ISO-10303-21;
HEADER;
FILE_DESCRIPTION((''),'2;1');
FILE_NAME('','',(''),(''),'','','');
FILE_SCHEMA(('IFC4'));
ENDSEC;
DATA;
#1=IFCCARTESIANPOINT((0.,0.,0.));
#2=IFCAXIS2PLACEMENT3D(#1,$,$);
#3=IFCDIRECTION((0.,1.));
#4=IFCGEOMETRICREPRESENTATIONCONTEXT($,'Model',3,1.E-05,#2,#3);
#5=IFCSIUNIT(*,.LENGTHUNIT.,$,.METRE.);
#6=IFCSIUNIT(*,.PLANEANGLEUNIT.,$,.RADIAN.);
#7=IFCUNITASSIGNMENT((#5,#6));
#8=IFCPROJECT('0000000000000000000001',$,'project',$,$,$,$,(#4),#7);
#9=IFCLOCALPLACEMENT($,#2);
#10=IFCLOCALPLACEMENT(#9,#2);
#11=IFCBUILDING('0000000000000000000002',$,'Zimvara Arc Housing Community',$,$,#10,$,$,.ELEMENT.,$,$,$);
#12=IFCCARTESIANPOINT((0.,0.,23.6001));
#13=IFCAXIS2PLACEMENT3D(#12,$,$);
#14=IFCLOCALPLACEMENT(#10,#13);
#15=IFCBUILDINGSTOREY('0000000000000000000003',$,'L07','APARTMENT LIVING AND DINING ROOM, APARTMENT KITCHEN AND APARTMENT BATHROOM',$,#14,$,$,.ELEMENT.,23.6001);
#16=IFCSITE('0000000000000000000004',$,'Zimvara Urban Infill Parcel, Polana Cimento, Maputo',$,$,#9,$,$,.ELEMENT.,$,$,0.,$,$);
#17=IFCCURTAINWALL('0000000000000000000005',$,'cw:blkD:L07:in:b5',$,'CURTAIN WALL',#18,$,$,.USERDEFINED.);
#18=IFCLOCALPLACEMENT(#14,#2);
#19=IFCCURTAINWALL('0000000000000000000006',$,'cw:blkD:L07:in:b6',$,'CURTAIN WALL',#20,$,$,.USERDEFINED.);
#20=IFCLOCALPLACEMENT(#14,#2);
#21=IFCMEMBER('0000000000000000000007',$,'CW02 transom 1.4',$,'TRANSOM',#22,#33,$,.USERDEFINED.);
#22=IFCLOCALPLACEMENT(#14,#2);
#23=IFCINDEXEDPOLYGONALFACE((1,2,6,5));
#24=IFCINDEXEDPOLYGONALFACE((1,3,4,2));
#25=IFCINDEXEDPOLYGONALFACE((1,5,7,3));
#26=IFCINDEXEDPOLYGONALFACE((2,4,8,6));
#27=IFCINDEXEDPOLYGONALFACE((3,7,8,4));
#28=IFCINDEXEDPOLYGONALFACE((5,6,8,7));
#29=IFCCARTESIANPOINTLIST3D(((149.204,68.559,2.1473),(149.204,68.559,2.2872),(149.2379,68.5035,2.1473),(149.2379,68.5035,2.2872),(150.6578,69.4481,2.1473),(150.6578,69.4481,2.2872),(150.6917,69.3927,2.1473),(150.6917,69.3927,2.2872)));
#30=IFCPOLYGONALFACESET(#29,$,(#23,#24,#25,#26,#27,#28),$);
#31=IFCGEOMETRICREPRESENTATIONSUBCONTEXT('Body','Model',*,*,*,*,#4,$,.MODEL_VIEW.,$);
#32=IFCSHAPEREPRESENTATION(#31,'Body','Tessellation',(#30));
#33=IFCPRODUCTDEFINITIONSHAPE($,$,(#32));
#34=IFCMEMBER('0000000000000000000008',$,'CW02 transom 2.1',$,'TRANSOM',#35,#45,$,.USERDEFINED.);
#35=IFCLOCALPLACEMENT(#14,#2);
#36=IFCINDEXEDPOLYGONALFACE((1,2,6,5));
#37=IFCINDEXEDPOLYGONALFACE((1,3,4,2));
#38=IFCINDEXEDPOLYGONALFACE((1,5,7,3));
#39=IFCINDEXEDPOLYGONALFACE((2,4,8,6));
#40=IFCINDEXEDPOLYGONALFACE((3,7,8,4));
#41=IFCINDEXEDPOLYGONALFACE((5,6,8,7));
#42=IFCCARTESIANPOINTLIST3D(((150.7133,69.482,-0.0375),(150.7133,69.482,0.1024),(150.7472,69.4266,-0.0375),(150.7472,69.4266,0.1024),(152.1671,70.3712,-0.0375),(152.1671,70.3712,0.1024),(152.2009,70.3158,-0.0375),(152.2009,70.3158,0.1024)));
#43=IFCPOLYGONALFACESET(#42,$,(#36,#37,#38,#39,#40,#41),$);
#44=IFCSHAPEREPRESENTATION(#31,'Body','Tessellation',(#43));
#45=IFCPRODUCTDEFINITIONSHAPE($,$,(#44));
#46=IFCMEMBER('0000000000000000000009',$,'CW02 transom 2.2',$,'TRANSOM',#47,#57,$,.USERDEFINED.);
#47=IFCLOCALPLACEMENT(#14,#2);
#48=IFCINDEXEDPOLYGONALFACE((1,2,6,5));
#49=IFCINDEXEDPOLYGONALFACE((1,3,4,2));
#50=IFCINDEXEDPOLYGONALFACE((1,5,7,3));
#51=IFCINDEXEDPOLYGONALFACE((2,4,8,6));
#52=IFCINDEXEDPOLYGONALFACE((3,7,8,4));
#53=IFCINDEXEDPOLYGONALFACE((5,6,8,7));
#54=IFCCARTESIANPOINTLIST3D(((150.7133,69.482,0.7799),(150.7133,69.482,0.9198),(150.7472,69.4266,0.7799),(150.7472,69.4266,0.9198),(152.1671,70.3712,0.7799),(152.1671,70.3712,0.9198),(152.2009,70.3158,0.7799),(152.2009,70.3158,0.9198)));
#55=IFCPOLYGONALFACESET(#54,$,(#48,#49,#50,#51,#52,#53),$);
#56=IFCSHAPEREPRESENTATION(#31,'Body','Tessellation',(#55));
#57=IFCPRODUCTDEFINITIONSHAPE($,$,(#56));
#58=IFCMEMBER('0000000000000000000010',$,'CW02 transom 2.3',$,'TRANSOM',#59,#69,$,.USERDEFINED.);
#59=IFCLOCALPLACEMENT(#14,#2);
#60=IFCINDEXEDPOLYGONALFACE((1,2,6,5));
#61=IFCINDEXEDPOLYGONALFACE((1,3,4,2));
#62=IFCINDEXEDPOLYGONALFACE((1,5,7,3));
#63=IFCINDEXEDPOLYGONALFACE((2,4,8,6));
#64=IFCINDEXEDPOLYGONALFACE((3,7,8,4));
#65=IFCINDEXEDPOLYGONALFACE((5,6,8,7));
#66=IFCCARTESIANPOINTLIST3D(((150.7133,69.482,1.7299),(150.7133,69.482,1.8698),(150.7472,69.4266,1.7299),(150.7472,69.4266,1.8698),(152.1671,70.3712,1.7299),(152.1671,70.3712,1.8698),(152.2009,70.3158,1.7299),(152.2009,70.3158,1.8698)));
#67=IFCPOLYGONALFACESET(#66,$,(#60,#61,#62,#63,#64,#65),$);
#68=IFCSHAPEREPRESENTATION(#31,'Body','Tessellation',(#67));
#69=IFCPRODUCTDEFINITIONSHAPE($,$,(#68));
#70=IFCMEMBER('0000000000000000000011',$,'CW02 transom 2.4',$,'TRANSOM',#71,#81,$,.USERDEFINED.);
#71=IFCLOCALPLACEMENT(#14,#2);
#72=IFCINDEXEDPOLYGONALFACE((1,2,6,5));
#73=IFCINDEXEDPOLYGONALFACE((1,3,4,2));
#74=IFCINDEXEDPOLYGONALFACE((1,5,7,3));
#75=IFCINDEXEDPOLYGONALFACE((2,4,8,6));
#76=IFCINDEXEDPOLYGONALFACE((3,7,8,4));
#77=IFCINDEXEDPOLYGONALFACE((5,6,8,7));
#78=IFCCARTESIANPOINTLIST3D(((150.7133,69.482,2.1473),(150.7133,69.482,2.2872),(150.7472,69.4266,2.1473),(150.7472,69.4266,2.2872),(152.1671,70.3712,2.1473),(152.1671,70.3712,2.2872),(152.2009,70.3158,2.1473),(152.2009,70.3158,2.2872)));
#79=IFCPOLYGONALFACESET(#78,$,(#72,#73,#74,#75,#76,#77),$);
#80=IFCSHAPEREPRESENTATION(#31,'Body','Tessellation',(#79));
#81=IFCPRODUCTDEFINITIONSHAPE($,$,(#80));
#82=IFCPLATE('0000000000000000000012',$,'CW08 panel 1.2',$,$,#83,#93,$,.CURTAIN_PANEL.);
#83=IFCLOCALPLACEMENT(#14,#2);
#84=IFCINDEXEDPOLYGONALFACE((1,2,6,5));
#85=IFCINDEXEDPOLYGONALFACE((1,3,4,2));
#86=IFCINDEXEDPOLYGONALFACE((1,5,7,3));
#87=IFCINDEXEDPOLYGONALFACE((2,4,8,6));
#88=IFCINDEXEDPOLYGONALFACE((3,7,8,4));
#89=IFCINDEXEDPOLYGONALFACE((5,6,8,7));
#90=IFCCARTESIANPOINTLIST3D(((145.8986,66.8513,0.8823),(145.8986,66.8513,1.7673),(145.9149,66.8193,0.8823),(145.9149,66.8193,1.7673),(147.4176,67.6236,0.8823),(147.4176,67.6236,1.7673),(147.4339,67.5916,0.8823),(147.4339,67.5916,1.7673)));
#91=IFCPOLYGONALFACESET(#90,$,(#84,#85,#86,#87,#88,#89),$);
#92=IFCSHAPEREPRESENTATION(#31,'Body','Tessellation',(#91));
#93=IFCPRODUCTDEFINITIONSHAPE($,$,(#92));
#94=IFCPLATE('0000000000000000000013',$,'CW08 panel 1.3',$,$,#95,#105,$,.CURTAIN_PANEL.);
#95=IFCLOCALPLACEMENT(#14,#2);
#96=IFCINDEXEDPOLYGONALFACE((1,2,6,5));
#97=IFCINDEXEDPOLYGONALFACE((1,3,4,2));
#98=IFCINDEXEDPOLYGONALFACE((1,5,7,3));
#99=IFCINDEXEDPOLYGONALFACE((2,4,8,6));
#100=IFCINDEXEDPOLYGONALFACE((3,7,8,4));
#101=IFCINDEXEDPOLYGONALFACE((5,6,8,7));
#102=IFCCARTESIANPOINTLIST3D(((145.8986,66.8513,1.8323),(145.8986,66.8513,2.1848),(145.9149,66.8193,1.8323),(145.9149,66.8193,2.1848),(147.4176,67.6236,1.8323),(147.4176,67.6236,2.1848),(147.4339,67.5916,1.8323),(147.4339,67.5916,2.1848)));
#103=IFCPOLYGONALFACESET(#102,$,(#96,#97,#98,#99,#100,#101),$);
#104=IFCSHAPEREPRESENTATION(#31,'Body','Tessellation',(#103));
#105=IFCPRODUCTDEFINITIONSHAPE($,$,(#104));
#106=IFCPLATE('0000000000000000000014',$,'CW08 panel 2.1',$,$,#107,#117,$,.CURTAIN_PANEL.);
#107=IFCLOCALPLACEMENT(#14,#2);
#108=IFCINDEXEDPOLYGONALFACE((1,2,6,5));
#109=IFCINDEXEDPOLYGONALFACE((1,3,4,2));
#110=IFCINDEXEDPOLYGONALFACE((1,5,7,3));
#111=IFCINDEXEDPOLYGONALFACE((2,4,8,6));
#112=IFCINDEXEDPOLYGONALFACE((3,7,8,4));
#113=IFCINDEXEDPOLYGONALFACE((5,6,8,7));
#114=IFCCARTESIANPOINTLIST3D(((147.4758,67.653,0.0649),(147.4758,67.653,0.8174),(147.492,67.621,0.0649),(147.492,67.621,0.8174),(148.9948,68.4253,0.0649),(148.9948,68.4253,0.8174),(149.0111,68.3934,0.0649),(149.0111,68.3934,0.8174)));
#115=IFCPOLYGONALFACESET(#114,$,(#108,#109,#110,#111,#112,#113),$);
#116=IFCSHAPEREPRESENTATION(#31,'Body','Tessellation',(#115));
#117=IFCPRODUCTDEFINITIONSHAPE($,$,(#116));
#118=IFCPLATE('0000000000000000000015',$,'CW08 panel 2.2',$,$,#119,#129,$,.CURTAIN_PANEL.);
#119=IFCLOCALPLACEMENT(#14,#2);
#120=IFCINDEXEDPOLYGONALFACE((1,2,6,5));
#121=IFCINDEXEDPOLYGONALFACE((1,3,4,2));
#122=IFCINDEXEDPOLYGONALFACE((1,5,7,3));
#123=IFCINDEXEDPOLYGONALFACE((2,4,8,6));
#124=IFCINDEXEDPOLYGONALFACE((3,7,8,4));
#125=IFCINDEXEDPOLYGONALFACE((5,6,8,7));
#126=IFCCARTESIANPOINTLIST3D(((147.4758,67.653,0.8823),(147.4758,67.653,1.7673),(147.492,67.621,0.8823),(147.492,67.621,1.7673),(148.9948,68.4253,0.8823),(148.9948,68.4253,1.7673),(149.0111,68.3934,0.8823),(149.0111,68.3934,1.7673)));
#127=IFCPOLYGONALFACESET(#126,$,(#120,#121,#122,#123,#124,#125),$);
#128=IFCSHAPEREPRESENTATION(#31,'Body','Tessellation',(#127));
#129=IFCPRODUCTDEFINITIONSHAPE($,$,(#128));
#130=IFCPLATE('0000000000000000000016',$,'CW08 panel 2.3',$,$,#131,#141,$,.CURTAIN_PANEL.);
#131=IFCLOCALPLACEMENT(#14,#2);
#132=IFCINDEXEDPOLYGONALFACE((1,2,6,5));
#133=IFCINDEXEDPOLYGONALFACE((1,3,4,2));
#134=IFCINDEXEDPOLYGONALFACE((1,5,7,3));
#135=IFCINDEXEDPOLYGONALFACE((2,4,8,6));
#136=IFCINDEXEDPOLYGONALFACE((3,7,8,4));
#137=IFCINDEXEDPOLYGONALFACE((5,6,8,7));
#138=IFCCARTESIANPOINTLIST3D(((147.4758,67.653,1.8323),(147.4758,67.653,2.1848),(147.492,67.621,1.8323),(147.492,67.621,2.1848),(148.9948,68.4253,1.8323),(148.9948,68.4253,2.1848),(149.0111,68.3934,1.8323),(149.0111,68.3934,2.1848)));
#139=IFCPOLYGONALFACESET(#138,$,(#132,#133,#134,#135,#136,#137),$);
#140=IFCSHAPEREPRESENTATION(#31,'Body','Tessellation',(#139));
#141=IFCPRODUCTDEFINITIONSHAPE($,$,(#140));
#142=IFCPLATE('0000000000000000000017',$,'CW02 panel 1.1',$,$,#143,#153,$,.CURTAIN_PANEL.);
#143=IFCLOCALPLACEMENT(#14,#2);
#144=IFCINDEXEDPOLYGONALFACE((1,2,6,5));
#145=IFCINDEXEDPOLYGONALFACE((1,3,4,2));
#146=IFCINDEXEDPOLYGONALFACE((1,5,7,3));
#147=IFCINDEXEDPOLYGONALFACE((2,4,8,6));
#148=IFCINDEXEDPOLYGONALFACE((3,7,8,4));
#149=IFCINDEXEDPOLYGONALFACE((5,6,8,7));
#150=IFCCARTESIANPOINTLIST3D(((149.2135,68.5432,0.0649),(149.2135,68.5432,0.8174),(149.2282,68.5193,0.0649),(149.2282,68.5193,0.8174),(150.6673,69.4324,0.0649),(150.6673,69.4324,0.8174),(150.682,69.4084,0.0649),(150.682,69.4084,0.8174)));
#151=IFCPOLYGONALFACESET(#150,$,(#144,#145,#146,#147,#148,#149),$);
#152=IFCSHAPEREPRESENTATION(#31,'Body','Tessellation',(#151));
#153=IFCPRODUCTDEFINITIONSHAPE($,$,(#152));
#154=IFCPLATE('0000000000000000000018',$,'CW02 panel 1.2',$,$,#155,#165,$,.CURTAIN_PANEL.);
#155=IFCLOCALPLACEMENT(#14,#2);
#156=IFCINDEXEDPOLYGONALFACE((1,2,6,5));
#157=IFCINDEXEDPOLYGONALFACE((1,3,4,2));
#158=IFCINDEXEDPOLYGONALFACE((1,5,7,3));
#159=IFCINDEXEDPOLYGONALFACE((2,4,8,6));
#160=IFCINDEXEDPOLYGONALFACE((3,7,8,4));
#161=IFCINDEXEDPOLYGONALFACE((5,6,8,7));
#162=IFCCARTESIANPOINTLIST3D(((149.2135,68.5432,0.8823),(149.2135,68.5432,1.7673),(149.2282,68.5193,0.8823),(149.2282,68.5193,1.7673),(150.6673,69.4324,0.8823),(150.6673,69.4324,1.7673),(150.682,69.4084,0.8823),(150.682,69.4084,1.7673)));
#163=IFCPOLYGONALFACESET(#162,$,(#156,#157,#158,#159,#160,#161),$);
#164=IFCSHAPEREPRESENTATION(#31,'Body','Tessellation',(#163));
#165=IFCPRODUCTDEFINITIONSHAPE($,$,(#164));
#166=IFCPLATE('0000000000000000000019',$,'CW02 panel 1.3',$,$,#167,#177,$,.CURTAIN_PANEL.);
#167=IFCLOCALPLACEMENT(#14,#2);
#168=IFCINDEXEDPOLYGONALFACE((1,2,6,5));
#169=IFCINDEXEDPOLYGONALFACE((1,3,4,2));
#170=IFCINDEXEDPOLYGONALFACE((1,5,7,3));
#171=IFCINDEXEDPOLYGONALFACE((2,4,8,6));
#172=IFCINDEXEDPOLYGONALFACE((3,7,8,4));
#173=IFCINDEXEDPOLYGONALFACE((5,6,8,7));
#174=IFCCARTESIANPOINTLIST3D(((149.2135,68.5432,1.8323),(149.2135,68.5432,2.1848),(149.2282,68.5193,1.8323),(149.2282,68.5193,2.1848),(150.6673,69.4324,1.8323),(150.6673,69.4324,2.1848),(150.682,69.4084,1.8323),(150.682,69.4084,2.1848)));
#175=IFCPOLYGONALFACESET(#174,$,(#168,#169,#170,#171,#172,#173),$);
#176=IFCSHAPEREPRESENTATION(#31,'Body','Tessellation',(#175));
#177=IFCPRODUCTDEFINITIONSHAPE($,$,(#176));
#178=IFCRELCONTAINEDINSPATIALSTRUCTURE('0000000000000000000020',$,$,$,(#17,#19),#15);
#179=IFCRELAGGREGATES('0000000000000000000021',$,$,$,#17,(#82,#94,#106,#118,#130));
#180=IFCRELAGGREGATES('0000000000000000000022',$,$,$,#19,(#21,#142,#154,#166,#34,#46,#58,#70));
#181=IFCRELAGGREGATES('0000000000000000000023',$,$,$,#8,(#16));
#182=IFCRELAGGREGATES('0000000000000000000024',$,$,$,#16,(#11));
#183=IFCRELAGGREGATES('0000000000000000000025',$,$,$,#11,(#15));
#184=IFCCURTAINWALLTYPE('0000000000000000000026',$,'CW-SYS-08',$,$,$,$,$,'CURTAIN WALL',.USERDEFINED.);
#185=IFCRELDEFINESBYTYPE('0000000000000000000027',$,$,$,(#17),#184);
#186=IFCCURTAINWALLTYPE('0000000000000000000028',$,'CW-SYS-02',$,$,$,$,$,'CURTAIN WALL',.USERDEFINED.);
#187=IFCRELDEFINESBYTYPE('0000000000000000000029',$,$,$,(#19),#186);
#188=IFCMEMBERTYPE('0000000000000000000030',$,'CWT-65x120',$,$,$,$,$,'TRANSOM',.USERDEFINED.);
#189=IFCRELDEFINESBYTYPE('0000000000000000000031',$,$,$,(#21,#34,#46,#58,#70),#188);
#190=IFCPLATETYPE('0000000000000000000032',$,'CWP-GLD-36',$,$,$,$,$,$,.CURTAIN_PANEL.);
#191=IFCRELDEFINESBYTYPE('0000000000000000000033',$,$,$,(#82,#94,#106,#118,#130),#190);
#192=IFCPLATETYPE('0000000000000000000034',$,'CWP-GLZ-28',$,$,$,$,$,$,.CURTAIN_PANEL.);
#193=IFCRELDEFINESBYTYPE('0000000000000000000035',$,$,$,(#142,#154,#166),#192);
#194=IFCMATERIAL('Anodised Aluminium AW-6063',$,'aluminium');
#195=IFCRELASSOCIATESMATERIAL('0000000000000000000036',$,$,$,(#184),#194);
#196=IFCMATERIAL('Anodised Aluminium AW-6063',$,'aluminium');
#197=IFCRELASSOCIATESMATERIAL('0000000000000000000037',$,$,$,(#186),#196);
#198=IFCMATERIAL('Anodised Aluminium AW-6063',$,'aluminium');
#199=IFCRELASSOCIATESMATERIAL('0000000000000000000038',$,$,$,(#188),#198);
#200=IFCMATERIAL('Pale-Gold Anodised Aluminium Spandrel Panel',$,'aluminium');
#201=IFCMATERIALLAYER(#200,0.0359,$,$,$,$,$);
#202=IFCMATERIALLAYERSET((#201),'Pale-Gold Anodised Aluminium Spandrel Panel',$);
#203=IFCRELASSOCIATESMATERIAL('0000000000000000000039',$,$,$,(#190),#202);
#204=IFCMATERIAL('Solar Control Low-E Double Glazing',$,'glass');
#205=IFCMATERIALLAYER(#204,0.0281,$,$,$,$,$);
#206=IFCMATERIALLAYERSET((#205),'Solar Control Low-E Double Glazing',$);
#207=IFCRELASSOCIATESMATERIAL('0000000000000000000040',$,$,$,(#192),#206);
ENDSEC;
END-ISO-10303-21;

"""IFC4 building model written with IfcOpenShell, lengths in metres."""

from ifc_helpers import new_model, si_unit, direction, frame, origin, origin_2d, place, context, subcontext, project, spatial, rectangle, extrude, material, layer, layer_set, material_profile, profile_set, type_object, element, aggregate, save


model = new_model("IFC4")

# Units and contexts
model_context = context("Model", 3, precision=1e-05, world=origin(), true_north=direction((0.0, 1.0)))
body_context = subcontext(model_context, "Body", "Model", "MODEL_VIEW")
ifc_project = project(units=[si_unit("LENGTHUNIT", "METRE"), si_unit("PLANEANGLEUNIT", "RADIAN")], contexts=[model_context])

# Site, building, storey
site_placement = place(None, origin())
site = spatial("IfcSite", under=ifc_project, at=site_placement, Name="Zimvara Urban Infill Parcel, Polana Cimento, Maputo", CompositionType="ELEMENT", RefElevation=0.0)
building_placement = place(site_placement, origin())
building = spatial("IfcBuilding", under=site, at=building_placement, Name="Zimvara Arc Housing Community", CompositionType="ELEMENT")
storey_placement = place(building_placement, frame((0.0, 0.0, 23.6001)))
storey = spatial("IfcBuildingStorey", under=building, at=storey_placement, Name="L07", Description="APARTMENT LIVING AND DINING ROOM, APARTMENT KITCHEN AND APARTMENT BATHROOM", CompositionType="ELEMENT", Elevation=23.6001)

# Curtain walls
ifc_material_1 = material(Name="Anodised Aluminium AW-6063", Category="aluminium")
curtain_wall_type_1 = type_object("IfcCurtainWallType", Name="CW-SYS-08", ElementType="CURTAIN WALL", PredefinedType="USERDEFINED", material=ifc_material_1)
curtain_wall_1_placement = place(storey_placement, origin())
curtain_wall_1 = element("IfcCurtainWall", 1, at=curtain_wall_1_placement, inside=storey, type_object=curtain_wall_type_1, Name="cw:blkD:L07:in:b5", ObjectType="CURTAIN WALL", PredefinedType="USERDEFINED")
ifc_material_2 = material(Name="Anodised Aluminium AW-6063", Category="aluminium")
curtain_wall_type_2 = type_object("IfcCurtainWallType", Name="CW-SYS-02", ElementType="CURTAIN WALL", PredefinedType="USERDEFINED", material=ifc_material_2)
curtain_wall_2_placement = place(storey_placement, origin())
curtain_wall_2 = element("IfcCurtainWall", 2, at=curtain_wall_2_placement, inside=storey, type_object=curtain_wall_type_2, Name="cw:blkD:L07:in:b6", ObjectType="CURTAIN WALL", PredefinedType="USERDEFINED")

# Members
ifc_material_3 = material(Name="Anodised Aluminium AW-6063", Category="aluminium")
ifc_material_profile_1 = material_profile(ifc_material_3, rectangle(XDim=0.0649, YDim=0.1399, at=origin_2d()), Name="ALU 65x140")
ifc_profile_set_1 = profile_set([ifc_material_profile_1], Name="Anodised Aluminium AW-6063")
member_type_1 = type_object("IfcMemberType", Name="CWT-65x120", ElementType="TRANSOM", PredefinedType="USERDEFINED", material=ifc_profile_set_1)
member_1_placement = place(storey_placement, frame((149.2209, 68.5312, 2.2173), z_axis=(0.853101, 0.521746, 0.0), x_axis=(-0.521746, 0.853101, 0.0)))
member_1 = element("IfcMember", 3, at=member_1_placement, type_object=member_type_1, Name="CW02 transom 1.4", ObjectType="TRANSOM", PredefinedType="USERDEFINED", context=body_context, shape_type="SweptSolid", body=[
    extrude(rectangle(XDim=0.0649, YDim=0.1399, at=origin_2d()), origin(), (0.0, 0.0, 1.0), 1.7041),
])
member_2_placement = place(storey_placement, frame((150.7302, 69.4543, 0.0325), z_axis=(0.853101, 0.521746, 0.0), x_axis=(-0.521746, 0.853101, 0.0)))
member_2 = element("IfcMember", 4, at=member_2_placement, type_object=member_type_1, Name="CW02 transom 2.1", ObjectType="TRANSOM", PredefinedType="USERDEFINED", context=body_context, shape_type="SweptSolid", body=[
    extrude(rectangle(XDim=0.0649, YDim=0.1399, at=origin_2d()), origin(), (0.0, 0.0, 1.0), 1.7041),
])
member_3_placement = place(storey_placement, frame((150.7302, 69.4543, 0.8499), z_axis=(0.853101, 0.521746, 0.0), x_axis=(-0.521746, 0.853101, 0.0)))
member_3 = element("IfcMember", 5, at=member_3_placement, type_object=member_type_1, Name="CW02 transom 2.2", ObjectType="TRANSOM", PredefinedType="USERDEFINED", context=body_context, shape_type="SweptSolid", body=[
    extrude(rectangle(XDim=0.0649, YDim=0.1399, at=origin_2d()), origin(), (0.0, 0.0, 1.0), 1.7041),
])
member_4_placement = place(storey_placement, frame((150.7302, 69.4543, 1.7998), z_axis=(0.853101, 0.521746, 0.0), x_axis=(-0.521746, 0.853101, 0.0)))
member_4 = element("IfcMember", 6, at=member_4_placement, type_object=member_type_1, Name="CW02 transom 2.3", ObjectType="TRANSOM", PredefinedType="USERDEFINED", context=body_context, shape_type="SweptSolid", body=[
    extrude(rectangle(XDim=0.0649, YDim=0.1399, at=origin_2d()), origin(), (0.0, 0.0, 1.0), 1.7041),
])
member_5_placement = place(storey_placement, frame((150.7302, 69.4543, 2.2173), z_axis=(0.853101, 0.521746, 0.0), x_axis=(-0.521746, 0.853101, 0.0)))
member_5 = element("IfcMember", 7, at=member_5_placement, type_object=member_type_1, Name="CW02 transom 2.4", ObjectType="TRANSOM", PredefinedType="USERDEFINED", context=body_context, shape_type="SweptSolid", body=[
    extrude(rectangle(XDim=0.0649, YDim=0.1399, at=origin_2d()), origin(), (0.0, 0.0, 1.0), 1.7041),
])

# Plates
ifc_material_4 = material(Name="Pale-Gold Anodised Aluminium Spandrel Panel", Category="aluminium")
ifc_layer_1 = layer(ifc_material_4, 0.0359)
ifc_layer_set_1 = layer_set([ifc_layer_1], Name="Pale-Gold Anodised Aluminium Spandrel Panel")
plate_type_1 = type_object("IfcPlateType", Name="CWP-GLD-36", PredefinedType="CURTAIN_PANEL", material=ifc_layer_set_1)
plate_1_placement = place(storey_placement, frame((146.6663, 67.2214, 0.8823), z_axis=(0.0, 0.0, 1.0), x_axis=(0.891402, 0.453213, 0.0)))
plate_1 = element("IfcPlate", 8, at=plate_1_placement, type_object=plate_type_1, Name="CW08 panel 1.2", PredefinedType="CURTAIN_PANEL", context=body_context, shape_type="SweptSolid", body=[
    extrude(rectangle(XDim=1.7041, YDim=0.0359, at=origin_2d()), origin(), (0.0, 0.0, 1.0), 0.885),
])
plate_2_placement = place(storey_placement, frame((146.6663, 67.2214, 1.8323), z_axis=(0.0, 0.0, 1.0), x_axis=(0.891402, 0.453213, 0.0)))
plate_2 = element("IfcPlate", 9, at=plate_2_placement, type_object=plate_type_1, Name="CW08 panel 1.3", PredefinedType="CURTAIN_PANEL", context=body_context, shape_type="SweptSolid", body=[
    extrude(rectangle(XDim=1.7041, YDim=0.0359, at=origin_2d()), origin(), (0.0, 0.0, 1.0), 0.3525),
])
plate_3_placement = place(storey_placement, frame((148.2434, 68.0232, 0.0649), z_axis=(0.0, 0.0, 1.0), x_axis=(0.891402, 0.453213, 0.0)))
plate_3 = element("IfcPlate", 10, at=plate_3_placement, type_object=plate_type_1, Name="CW08 panel 2.1", PredefinedType="CURTAIN_PANEL", context=body_context, shape_type="SweptSolid", body=[
    extrude(rectangle(XDim=1.7041, YDim=0.0359, at=origin_2d()), origin(), (0.0, 0.0, 1.0), 0.7524),
])
plate_4_placement = place(storey_placement, frame((148.2434, 68.0232, 0.8823), z_axis=(0.0, 0.0, 1.0), x_axis=(0.891402, 0.453213, 0.0)))
plate_4 = element("IfcPlate", 11, at=plate_4_placement, type_object=plate_type_1, Name="CW08 panel 2.2", PredefinedType="CURTAIN_PANEL", context=body_context, shape_type="SweptSolid", body=[
    extrude(rectangle(XDim=1.7041, YDim=0.0359, at=origin_2d()), origin(), (0.0, 0.0, 1.0), 0.885),
])
plate_5_placement = place(storey_placement, frame((148.2434, 68.0232, 1.8323), z_axis=(0.0, 0.0, 1.0), x_axis=(0.891402, 0.453213, 0.0)))
plate_5 = element("IfcPlate", 12, at=plate_5_placement, type_object=plate_type_1, Name="CW08 panel 2.3", PredefinedType="CURTAIN_PANEL", context=body_context, shape_type="SweptSolid", body=[
    extrude(rectangle(XDim=1.7041, YDim=0.0359, at=origin_2d()), origin(), (0.0, 0.0, 1.0), 0.3525),
])
aggregate(curtain_wall_1, [plate_1, plate_2, plate_3, plate_4, plate_5])
ifc_material_5 = material(Name="Solar Control Low-E Double Glazing", Category="glass")
ifc_layer_2 = layer(ifc_material_5, 0.0281)
ifc_layer_set_2 = layer_set([ifc_layer_2], Name="Solar Control Low-E Double Glazing")
plate_type_2 = type_object("IfcPlateType", Name="CWP-GLZ-28", PredefinedType="CURTAIN_PANEL", material=ifc_layer_set_2)
plate_6_placement = place(storey_placement, frame((149.9478, 68.9758, 0.0649), z_axis=(0.0, 0.0, 1.0), x_axis=(0.853096, 0.521754, 0.0)))
plate_6 = element("IfcPlate", 13, at=plate_6_placement, type_object=plate_type_2, Name="CW02 panel 1.1", PredefinedType="CURTAIN_PANEL", context=body_context, shape_type="SweptSolid", body=[
    extrude(rectangle(XDim=1.7041, YDim=0.0281, at=origin_2d()), origin(), (0.0, 0.0, 1.0), 0.7524),
])
plate_7_placement = place(storey_placement, frame((149.9478, 68.9758, 0.8823), z_axis=(0.0, 0.0, 1.0), x_axis=(0.853096, 0.521754, 0.0)))
plate_7 = element("IfcPlate", 14, at=plate_7_placement, type_object=plate_type_2, Name="CW02 panel 1.2", PredefinedType="CURTAIN_PANEL", context=body_context, shape_type="SweptSolid", body=[
    extrude(rectangle(XDim=1.7041, YDim=0.0281, at=origin_2d()), origin(), (0.0, 0.0, 1.0), 0.885),
])
plate_8_placement = place(storey_placement, frame((149.9478, 68.9758, 1.8323), z_axis=(0.0, 0.0, 1.0), x_axis=(0.853096, 0.521754, 0.0)))
plate_8 = element("IfcPlate", 15, at=plate_8_placement, type_object=plate_type_2, Name="CW02 panel 1.3", PredefinedType="CURTAIN_PANEL", context=body_context, shape_type="SweptSolid", body=[
    extrude(rectangle(XDim=1.7041, YDim=0.0281, at=origin_2d()), origin(), (0.0, 0.0, 1.0), 0.3525),
])
aggregate(curtain_wall_2, [member_1, plate_6, plate_7, plate_8, member_2, member_3, member_4, member_5])

save(model, "model.ifc")
